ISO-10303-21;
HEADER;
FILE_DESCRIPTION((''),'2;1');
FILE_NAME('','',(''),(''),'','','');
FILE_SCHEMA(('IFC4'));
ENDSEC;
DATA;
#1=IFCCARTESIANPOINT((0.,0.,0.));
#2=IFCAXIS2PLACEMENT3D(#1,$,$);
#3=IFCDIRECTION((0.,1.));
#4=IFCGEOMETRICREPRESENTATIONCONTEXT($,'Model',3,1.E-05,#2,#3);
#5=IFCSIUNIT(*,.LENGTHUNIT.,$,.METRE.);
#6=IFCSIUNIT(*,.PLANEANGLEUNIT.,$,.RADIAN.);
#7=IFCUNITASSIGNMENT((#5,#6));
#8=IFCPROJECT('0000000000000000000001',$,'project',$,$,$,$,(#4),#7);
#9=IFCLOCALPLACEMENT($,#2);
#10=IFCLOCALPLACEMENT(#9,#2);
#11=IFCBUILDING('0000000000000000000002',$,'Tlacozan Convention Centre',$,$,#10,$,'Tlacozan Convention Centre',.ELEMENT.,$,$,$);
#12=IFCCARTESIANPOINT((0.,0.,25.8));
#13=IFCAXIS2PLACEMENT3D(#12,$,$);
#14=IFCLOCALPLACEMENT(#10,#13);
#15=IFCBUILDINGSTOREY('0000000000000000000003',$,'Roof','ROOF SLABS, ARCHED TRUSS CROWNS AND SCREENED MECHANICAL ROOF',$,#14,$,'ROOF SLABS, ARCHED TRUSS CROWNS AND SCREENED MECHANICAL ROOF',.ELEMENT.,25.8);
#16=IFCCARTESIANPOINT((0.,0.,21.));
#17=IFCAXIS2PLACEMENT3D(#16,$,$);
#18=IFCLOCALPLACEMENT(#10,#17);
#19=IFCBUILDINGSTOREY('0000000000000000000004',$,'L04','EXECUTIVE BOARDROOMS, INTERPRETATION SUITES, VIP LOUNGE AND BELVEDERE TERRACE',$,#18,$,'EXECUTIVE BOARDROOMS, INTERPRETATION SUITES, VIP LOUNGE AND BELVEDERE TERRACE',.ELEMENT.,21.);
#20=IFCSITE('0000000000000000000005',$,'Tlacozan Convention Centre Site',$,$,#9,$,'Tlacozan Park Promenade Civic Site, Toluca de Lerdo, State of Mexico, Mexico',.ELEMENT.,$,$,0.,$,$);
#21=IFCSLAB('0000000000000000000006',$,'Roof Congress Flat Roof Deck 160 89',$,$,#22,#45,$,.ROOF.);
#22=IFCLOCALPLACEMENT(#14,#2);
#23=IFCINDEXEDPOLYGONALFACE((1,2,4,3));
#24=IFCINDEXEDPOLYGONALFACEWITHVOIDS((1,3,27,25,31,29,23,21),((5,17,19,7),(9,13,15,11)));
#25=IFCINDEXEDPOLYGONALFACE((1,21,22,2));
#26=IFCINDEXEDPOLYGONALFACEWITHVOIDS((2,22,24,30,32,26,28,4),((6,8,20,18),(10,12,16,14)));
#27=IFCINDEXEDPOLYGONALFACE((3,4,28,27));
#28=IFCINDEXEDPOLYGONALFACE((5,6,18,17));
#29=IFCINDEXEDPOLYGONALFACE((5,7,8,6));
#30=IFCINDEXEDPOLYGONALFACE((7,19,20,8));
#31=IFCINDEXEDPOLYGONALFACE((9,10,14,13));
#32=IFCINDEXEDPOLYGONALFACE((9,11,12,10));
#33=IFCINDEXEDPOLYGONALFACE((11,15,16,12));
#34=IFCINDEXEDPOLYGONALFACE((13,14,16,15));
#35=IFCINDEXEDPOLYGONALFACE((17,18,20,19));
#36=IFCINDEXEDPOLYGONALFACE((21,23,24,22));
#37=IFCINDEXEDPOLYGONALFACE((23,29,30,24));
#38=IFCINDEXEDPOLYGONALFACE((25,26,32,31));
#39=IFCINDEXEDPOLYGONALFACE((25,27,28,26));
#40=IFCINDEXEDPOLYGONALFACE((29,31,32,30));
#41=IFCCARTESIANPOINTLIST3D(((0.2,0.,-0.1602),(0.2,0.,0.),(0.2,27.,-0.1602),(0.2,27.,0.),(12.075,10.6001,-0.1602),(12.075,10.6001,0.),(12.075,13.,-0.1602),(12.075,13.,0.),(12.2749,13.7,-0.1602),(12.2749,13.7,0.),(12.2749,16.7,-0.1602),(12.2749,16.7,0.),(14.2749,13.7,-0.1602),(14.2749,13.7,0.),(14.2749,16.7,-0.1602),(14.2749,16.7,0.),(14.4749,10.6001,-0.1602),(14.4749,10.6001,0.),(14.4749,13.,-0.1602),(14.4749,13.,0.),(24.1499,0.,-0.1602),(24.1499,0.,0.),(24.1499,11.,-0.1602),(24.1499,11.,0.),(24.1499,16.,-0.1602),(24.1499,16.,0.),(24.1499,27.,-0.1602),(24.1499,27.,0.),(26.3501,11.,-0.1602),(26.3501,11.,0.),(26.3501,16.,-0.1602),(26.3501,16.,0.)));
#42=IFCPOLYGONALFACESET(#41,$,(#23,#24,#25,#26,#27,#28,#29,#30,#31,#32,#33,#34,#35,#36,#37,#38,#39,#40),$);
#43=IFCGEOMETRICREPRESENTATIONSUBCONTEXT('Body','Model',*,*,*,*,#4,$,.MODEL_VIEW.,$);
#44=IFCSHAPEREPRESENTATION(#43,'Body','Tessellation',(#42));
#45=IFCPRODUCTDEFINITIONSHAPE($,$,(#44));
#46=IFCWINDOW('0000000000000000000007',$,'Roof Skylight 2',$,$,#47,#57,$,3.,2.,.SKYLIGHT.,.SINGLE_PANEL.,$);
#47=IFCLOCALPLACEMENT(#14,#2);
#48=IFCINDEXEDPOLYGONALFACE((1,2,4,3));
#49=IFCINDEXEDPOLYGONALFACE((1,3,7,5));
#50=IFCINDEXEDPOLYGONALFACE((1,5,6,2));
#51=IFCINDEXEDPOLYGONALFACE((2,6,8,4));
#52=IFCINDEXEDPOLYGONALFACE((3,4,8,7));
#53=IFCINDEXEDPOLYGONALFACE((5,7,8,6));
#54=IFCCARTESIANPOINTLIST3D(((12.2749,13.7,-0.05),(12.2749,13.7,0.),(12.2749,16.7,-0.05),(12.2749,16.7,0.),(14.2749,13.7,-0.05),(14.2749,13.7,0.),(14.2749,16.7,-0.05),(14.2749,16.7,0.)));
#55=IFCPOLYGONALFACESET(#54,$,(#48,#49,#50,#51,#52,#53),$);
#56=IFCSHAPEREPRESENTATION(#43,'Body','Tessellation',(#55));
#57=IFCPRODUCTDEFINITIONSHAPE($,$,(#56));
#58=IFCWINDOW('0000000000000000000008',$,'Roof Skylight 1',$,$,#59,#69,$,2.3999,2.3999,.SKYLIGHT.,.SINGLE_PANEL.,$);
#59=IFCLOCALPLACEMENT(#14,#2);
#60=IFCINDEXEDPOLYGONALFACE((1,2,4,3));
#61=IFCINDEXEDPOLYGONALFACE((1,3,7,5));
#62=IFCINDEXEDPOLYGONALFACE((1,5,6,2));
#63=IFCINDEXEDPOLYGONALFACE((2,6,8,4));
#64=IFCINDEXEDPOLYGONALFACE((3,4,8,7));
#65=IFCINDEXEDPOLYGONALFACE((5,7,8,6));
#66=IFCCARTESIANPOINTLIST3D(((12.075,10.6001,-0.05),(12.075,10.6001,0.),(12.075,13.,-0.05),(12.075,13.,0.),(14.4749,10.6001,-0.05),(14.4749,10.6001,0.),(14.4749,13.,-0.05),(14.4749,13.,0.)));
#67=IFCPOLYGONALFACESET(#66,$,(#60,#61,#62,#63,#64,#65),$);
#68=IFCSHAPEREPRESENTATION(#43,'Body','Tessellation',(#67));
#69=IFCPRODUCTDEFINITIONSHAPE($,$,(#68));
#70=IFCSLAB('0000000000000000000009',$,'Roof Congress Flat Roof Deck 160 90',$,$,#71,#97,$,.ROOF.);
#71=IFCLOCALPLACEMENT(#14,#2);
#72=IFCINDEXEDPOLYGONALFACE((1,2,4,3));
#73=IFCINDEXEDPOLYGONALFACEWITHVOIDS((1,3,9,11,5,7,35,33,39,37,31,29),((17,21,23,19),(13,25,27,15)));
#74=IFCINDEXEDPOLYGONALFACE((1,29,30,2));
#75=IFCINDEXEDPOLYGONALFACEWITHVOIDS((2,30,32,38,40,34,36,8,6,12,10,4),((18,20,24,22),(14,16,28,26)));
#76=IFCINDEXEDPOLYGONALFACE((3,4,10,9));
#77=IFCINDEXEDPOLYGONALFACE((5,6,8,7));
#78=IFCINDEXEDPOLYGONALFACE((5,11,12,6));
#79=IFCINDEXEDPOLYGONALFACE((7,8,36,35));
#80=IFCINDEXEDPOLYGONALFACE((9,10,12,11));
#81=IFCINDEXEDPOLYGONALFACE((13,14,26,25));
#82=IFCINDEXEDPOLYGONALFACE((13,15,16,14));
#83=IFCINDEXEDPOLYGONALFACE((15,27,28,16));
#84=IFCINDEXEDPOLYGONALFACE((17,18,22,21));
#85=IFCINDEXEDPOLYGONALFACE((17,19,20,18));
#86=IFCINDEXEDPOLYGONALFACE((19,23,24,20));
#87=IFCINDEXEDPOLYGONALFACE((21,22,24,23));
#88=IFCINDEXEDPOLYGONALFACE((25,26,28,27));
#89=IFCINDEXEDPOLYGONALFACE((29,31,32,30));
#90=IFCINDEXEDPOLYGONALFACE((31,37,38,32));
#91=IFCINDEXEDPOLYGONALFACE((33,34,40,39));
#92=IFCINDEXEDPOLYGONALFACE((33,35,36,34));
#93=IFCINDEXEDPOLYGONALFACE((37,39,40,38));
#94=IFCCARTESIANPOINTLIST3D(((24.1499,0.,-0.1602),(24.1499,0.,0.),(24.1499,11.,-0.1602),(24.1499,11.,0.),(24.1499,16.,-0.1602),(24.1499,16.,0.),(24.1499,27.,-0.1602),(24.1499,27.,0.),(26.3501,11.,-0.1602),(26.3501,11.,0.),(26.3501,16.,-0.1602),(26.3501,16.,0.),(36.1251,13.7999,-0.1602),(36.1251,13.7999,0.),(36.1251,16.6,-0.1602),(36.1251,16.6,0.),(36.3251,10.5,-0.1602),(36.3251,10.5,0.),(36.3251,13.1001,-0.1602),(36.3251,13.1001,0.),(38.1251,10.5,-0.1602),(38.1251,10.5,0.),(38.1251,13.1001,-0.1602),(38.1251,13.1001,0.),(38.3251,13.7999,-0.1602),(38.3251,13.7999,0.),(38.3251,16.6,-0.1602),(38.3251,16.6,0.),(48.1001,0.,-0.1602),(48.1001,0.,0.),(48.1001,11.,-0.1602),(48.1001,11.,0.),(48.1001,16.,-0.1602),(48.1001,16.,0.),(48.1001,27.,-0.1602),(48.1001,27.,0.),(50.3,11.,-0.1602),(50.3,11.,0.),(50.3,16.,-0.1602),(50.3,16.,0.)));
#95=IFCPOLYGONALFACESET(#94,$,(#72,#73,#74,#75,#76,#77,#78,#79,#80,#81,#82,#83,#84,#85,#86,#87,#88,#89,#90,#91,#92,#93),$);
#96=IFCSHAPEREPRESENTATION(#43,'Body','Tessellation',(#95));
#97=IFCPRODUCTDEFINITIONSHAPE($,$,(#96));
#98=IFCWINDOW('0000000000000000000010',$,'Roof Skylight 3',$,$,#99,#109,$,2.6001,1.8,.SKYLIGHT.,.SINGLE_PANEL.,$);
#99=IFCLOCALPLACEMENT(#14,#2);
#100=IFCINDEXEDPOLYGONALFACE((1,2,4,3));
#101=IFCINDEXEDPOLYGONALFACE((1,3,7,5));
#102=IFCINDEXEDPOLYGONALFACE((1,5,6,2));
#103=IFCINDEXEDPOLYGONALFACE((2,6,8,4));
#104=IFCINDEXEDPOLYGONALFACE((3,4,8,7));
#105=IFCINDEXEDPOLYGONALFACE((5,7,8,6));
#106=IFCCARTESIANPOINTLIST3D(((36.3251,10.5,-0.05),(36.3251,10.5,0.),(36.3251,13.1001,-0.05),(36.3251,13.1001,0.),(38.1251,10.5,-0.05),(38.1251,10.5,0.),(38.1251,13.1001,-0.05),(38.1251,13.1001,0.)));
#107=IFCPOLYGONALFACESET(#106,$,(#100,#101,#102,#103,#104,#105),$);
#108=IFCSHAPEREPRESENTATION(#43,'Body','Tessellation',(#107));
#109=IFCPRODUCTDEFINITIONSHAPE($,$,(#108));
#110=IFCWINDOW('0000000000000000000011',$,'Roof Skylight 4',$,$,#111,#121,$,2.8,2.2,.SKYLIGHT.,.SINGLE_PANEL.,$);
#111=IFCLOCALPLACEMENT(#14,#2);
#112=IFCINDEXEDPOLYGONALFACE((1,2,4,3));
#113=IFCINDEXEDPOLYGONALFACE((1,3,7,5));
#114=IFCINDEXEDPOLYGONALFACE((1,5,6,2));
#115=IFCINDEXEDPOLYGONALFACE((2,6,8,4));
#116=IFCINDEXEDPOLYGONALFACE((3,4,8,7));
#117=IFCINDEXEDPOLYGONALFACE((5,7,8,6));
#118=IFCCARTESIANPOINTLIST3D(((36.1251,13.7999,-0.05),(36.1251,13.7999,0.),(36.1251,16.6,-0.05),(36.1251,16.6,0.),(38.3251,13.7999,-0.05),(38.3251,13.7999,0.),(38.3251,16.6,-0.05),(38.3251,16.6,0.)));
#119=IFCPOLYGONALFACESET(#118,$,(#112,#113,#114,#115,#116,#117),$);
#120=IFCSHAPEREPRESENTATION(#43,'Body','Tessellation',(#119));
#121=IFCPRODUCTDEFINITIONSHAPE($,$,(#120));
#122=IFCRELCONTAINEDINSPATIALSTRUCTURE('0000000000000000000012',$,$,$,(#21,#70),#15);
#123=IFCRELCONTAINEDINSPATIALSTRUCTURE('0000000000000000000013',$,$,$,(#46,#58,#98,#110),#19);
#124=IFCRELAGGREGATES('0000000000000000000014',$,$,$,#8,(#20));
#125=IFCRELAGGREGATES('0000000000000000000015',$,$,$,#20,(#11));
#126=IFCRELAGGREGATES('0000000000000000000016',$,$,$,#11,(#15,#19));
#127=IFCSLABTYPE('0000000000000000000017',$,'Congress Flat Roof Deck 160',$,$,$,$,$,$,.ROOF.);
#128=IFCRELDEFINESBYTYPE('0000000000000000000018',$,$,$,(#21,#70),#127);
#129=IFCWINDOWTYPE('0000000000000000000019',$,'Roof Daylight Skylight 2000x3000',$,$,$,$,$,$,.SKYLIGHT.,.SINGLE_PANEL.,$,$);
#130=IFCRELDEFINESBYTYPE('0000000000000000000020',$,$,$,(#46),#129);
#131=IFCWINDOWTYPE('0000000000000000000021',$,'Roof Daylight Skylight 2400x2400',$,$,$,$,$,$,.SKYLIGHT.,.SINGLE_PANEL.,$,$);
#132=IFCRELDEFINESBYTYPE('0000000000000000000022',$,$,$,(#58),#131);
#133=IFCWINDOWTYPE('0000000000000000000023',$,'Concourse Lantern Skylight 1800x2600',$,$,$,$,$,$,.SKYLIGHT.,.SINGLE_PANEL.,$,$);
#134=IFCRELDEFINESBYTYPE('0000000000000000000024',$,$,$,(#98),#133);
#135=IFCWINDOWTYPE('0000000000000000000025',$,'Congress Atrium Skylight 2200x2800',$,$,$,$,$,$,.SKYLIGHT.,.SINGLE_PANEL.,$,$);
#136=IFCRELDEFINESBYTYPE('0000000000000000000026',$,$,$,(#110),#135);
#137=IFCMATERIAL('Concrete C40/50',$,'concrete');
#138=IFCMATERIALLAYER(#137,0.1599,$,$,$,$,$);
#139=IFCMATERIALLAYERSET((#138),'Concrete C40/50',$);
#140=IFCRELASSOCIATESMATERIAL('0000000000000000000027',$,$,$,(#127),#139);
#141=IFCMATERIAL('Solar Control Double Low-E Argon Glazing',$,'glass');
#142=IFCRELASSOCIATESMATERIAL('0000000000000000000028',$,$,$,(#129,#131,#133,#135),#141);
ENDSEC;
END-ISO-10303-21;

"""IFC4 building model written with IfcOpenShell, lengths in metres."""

from ifc_helpers import new_model, si_unit, direction, frame, origin, origin_2d, place, context, subcontext, project, spatial, polyline, rectangle, outline, extrude, material, layer, layer_set, type_object, element, fill, save


model = new_model("IFC4")

# Units and contexts
model_context = context("Model", 3, precision=1e-05, world=origin(), true_north=direction((0.0, 1.0)))
body_context = subcontext(model_context, "Body", "Model", "MODEL_VIEW")
ifc_project = project(units=[si_unit("LENGTHUNIT", "METRE"), si_unit("PLANEANGLEUNIT", "RADIAN")], contexts=[model_context])

# Site, building, storey
site_placement = place(None, origin())
site = spatial("IfcSite", under=ifc_project, at=site_placement, Name="Tlacozan Convention Centre Site", LongName="Tlacozan Park Promenade Civic Site, Toluca de Lerdo, State of Mexico, Mexico", CompositionType="ELEMENT", RefElevation=0.0)
building_placement = place(site_placement, origin())
building = spatial("IfcBuilding", under=site, at=building_placement, Name="Tlacozan Convention Centre", LongName="Tlacozan Convention Centre", CompositionType="ELEMENT")
storey_1_placement = place(building_placement, frame((0.0, 0.0, 25.8)))
storey_1 = spatial("IfcBuildingStorey", under=building, at=storey_1_placement, Name="Roof", Description="ROOF SLABS, ARCHED TRUSS CROWNS AND SCREENED MECHANICAL ROOF", LongName="ROOF SLABS, ARCHED TRUSS CROWNS AND SCREENED MECHANICAL ROOF", CompositionType="ELEMENT", Elevation=25.8)

# Slab, openings
ifc_material_1 = material(Name="Concrete C40/50", Category="concrete")
ifc_layer_1 = layer(ifc_material_1, 0.1599)
ifc_layer_set_1 = layer_set([ifc_layer_1], Name="Concrete C40/50")
slab_type_1 = type_object("IfcSlabType", Name="Congress Flat Roof Deck 160", PredefinedType="ROOF", material=ifc_layer_set_1)
slab_1_placement = place(storey_1_placement, frame((0.0, 0.0, -0.1602)))
slab_1 = element("IfcSlab", 1, at=slab_1_placement, inside=storey_1, type_object=slab_type_1, Name="Roof Congress Flat Roof Deck 160 89", PredefinedType="ROOF", context=body_context, shape_type="SweptSolid", body=[
    extrude(outline(polyline([(24.1499, 0.0), (0.2, 0.0), (0.2, 27.0), (24.1499, 27.0), (24.1499, 16.0), (26.3501, 16.0), (26.3501, 11.0), (24.1499, 11.0), (24.1499, 0.0)])), origin(), (0.0, 0.0, 1.0), 0.1602),
])
opening_1_placement = place(slab_1_placement, frame((13.2749, 11.8, 0.0)))
opening_1 = element("IfcOpeningElement", 2, at=opening_1_placement, cuts=slab_1, PredefinedType="OPENING", context=body_context, shape_type="SweptSolid", body=[
    extrude(rectangle(XDim=2.3999, YDim=2.3999, at=origin_2d()), frame((0.0, 0.0, -0.01)), (0.0, 0.0, 1.0), 0.1802),
])
opening_2_placement = place(slab_1_placement, frame((13.2749, 15.2, 0.0)))
opening_2 = element("IfcOpeningElement", 3, at=opening_2_placement, cuts=slab_1, PredefinedType="OPENING", context=body_context, shape_type="SweptSolid", body=[
    extrude(rectangle(XDim=2.0, YDim=3.0, at=origin_2d()), frame((0.0, 0.0, -0.01)), (0.0, 0.0, 1.0), 0.1802),
])

# Shared definitions
storey_2_placement = place(building_placement, frame((0.0, 0.0, 21.0)))
storey_2 = spatial("IfcBuildingStorey", under=building, at=storey_2_placement, Name="L04", Description="EXECUTIVE BOARDROOMS, INTERPRETATION SUITES, VIP LOUNGE AND BELVEDERE TERRACE", LongName="EXECUTIVE BOARDROOMS, INTERPRETATION SUITES, VIP LOUNGE AND BELVEDERE TERRACE", CompositionType="ELEMENT", Elevation=21.0)

# Windows
ifc_material_2 = material(Name="Solar Control Double Low-E Argon Glazing", Category="glass")
window_type_1 = type_object("IfcWindowType", Name="Roof Daylight Skylight 2000x3000", PartitioningType="SINGLE_PANEL", PredefinedType="SKYLIGHT", material=ifc_material_2)
window_1_placement = place(opening_2_placement, frame((0.0, 0.0, 0.1101)))
window_1 = element("IfcWindow", 4, at=window_1_placement, inside=storey_2, type_object=window_type_1, Name="Roof Skylight 2", OverallHeight=3.0, OverallWidth=2.0, PartitioningType="SINGLE_PANEL", PredefinedType="SKYLIGHT", context=body_context, shape_type="SweptSolid", body=[
    extrude(rectangle(XDim=2.0, YDim=3.0, at=origin_2d()), origin(), (0.0, 0.0, 1.0), 0.05),
])
fill(opening_2, window_1)
window_type_2 = type_object("IfcWindowType", Name="Roof Daylight Skylight 2400x2400", PartitioningType="SINGLE_PANEL", PredefinedType="SKYLIGHT", material=ifc_material_2)
window_2_placement = place(opening_1_placement, frame((0.0, 0.0, 0.1101)))
window_2 = element("IfcWindow", 5, at=window_2_placement, inside=storey_2, type_object=window_type_2, Name="Roof Skylight 1", OverallHeight=2.3999, OverallWidth=2.3999, PartitioningType="SINGLE_PANEL", PredefinedType="SKYLIGHT", context=body_context, shape_type="SweptSolid", body=[
    extrude(rectangle(XDim=2.3999, YDim=2.3999, at=origin_2d()), origin(), (0.0, 0.0, 1.0), 0.05),
])
fill(opening_1, window_2)

# Slab, openings, windows
slab_2_placement = place(storey_1_placement, frame((0.0, 0.0, -0.1602)))
slab_2 = element("IfcSlab", 6, at=slab_2_placement, inside=storey_1, type_object=slab_type_1, Name="Roof Congress Flat Roof Deck 160 90", PredefinedType="ROOF", context=body_context, shape_type="SweptSolid", body=[
    extrude(outline(polyline([(24.1499, 0.0), (24.1499, 11.0), (26.3501, 11.0), (26.3501, 16.0), (24.1499, 16.0), (24.1499, 27.0), (48.1001, 27.0), (48.1001, 16.0), (50.3, 16.0), (50.3, 11.0), (48.1001, 11.0), (48.1001, 0.0), (24.1499, 0.0)])), origin(), (0.0, 0.0, 1.0), 0.1602),
])
opening_3_placement = place(slab_2_placement, frame((37.2251, 11.8, 0.0)))
opening_3 = element("IfcOpeningElement", 7, at=opening_3_placement, cuts=slab_2, PredefinedType="OPENING", context=body_context, shape_type="SweptSolid", body=[
    extrude(rectangle(XDim=1.8, YDim=2.6001, at=origin_2d()), frame((0.0, 0.0, -0.01)), (0.0, 0.0, 1.0), 0.1802),
])
opening_4_placement = place(slab_2_placement, frame((37.2251, 15.2, 0.0)))
opening_4 = element("IfcOpeningElement", 8, at=opening_4_placement, cuts=slab_2, PredefinedType="OPENING", context=body_context, shape_type="SweptSolid", body=[
    extrude(rectangle(XDim=2.2, YDim=2.8, at=origin_2d()), frame((0.0, 0.0, -0.01)), (0.0, 0.0, 1.0), 0.1802),
])
window_type_3 = type_object("IfcWindowType", Name="Concourse Lantern Skylight 1800x2600", PartitioningType="SINGLE_PANEL", PredefinedType="SKYLIGHT", material=ifc_material_2)
window_3_placement = place(opening_3_placement, frame((0.0, 0.0, 0.1101)))
window_3 = element("IfcWindow", 9, at=window_3_placement, inside=storey_2, type_object=window_type_3, Name="Roof Skylight 3", OverallHeight=2.6001, OverallWidth=1.8, PartitioningType="SINGLE_PANEL", PredefinedType="SKYLIGHT", context=body_context, shape_type="SweptSolid", body=[
    extrude(rectangle(XDim=1.8, YDim=2.6001, at=origin_2d()), origin(), (0.0, 0.0, 1.0), 0.05),
])
fill(opening_3, window_3)
window_type_4 = type_object("IfcWindowType", Name="Congress Atrium Skylight 2200x2800", PartitioningType="SINGLE_PANEL", PredefinedType="SKYLIGHT", material=ifc_material_2)
window_4_placement = place(opening_4_placement, frame((0.0, 0.0, 0.1101)))
window_4 = element("IfcWindow", 10, at=window_4_placement, inside=storey_2, type_object=window_type_4, Name="Roof Skylight 4", OverallHeight=2.8, OverallWidth=2.2, PartitioningType="SINGLE_PANEL", PredefinedType="SKYLIGHT", context=body_context, shape_type="SweptSolid", body=[
    extrude(rectangle(XDim=2.2, YDim=2.8, at=origin_2d()), origin(), (0.0, 0.0, 1.0), 0.05),
])
fill(opening_4, window_4)

save(model, "model.ifc")
